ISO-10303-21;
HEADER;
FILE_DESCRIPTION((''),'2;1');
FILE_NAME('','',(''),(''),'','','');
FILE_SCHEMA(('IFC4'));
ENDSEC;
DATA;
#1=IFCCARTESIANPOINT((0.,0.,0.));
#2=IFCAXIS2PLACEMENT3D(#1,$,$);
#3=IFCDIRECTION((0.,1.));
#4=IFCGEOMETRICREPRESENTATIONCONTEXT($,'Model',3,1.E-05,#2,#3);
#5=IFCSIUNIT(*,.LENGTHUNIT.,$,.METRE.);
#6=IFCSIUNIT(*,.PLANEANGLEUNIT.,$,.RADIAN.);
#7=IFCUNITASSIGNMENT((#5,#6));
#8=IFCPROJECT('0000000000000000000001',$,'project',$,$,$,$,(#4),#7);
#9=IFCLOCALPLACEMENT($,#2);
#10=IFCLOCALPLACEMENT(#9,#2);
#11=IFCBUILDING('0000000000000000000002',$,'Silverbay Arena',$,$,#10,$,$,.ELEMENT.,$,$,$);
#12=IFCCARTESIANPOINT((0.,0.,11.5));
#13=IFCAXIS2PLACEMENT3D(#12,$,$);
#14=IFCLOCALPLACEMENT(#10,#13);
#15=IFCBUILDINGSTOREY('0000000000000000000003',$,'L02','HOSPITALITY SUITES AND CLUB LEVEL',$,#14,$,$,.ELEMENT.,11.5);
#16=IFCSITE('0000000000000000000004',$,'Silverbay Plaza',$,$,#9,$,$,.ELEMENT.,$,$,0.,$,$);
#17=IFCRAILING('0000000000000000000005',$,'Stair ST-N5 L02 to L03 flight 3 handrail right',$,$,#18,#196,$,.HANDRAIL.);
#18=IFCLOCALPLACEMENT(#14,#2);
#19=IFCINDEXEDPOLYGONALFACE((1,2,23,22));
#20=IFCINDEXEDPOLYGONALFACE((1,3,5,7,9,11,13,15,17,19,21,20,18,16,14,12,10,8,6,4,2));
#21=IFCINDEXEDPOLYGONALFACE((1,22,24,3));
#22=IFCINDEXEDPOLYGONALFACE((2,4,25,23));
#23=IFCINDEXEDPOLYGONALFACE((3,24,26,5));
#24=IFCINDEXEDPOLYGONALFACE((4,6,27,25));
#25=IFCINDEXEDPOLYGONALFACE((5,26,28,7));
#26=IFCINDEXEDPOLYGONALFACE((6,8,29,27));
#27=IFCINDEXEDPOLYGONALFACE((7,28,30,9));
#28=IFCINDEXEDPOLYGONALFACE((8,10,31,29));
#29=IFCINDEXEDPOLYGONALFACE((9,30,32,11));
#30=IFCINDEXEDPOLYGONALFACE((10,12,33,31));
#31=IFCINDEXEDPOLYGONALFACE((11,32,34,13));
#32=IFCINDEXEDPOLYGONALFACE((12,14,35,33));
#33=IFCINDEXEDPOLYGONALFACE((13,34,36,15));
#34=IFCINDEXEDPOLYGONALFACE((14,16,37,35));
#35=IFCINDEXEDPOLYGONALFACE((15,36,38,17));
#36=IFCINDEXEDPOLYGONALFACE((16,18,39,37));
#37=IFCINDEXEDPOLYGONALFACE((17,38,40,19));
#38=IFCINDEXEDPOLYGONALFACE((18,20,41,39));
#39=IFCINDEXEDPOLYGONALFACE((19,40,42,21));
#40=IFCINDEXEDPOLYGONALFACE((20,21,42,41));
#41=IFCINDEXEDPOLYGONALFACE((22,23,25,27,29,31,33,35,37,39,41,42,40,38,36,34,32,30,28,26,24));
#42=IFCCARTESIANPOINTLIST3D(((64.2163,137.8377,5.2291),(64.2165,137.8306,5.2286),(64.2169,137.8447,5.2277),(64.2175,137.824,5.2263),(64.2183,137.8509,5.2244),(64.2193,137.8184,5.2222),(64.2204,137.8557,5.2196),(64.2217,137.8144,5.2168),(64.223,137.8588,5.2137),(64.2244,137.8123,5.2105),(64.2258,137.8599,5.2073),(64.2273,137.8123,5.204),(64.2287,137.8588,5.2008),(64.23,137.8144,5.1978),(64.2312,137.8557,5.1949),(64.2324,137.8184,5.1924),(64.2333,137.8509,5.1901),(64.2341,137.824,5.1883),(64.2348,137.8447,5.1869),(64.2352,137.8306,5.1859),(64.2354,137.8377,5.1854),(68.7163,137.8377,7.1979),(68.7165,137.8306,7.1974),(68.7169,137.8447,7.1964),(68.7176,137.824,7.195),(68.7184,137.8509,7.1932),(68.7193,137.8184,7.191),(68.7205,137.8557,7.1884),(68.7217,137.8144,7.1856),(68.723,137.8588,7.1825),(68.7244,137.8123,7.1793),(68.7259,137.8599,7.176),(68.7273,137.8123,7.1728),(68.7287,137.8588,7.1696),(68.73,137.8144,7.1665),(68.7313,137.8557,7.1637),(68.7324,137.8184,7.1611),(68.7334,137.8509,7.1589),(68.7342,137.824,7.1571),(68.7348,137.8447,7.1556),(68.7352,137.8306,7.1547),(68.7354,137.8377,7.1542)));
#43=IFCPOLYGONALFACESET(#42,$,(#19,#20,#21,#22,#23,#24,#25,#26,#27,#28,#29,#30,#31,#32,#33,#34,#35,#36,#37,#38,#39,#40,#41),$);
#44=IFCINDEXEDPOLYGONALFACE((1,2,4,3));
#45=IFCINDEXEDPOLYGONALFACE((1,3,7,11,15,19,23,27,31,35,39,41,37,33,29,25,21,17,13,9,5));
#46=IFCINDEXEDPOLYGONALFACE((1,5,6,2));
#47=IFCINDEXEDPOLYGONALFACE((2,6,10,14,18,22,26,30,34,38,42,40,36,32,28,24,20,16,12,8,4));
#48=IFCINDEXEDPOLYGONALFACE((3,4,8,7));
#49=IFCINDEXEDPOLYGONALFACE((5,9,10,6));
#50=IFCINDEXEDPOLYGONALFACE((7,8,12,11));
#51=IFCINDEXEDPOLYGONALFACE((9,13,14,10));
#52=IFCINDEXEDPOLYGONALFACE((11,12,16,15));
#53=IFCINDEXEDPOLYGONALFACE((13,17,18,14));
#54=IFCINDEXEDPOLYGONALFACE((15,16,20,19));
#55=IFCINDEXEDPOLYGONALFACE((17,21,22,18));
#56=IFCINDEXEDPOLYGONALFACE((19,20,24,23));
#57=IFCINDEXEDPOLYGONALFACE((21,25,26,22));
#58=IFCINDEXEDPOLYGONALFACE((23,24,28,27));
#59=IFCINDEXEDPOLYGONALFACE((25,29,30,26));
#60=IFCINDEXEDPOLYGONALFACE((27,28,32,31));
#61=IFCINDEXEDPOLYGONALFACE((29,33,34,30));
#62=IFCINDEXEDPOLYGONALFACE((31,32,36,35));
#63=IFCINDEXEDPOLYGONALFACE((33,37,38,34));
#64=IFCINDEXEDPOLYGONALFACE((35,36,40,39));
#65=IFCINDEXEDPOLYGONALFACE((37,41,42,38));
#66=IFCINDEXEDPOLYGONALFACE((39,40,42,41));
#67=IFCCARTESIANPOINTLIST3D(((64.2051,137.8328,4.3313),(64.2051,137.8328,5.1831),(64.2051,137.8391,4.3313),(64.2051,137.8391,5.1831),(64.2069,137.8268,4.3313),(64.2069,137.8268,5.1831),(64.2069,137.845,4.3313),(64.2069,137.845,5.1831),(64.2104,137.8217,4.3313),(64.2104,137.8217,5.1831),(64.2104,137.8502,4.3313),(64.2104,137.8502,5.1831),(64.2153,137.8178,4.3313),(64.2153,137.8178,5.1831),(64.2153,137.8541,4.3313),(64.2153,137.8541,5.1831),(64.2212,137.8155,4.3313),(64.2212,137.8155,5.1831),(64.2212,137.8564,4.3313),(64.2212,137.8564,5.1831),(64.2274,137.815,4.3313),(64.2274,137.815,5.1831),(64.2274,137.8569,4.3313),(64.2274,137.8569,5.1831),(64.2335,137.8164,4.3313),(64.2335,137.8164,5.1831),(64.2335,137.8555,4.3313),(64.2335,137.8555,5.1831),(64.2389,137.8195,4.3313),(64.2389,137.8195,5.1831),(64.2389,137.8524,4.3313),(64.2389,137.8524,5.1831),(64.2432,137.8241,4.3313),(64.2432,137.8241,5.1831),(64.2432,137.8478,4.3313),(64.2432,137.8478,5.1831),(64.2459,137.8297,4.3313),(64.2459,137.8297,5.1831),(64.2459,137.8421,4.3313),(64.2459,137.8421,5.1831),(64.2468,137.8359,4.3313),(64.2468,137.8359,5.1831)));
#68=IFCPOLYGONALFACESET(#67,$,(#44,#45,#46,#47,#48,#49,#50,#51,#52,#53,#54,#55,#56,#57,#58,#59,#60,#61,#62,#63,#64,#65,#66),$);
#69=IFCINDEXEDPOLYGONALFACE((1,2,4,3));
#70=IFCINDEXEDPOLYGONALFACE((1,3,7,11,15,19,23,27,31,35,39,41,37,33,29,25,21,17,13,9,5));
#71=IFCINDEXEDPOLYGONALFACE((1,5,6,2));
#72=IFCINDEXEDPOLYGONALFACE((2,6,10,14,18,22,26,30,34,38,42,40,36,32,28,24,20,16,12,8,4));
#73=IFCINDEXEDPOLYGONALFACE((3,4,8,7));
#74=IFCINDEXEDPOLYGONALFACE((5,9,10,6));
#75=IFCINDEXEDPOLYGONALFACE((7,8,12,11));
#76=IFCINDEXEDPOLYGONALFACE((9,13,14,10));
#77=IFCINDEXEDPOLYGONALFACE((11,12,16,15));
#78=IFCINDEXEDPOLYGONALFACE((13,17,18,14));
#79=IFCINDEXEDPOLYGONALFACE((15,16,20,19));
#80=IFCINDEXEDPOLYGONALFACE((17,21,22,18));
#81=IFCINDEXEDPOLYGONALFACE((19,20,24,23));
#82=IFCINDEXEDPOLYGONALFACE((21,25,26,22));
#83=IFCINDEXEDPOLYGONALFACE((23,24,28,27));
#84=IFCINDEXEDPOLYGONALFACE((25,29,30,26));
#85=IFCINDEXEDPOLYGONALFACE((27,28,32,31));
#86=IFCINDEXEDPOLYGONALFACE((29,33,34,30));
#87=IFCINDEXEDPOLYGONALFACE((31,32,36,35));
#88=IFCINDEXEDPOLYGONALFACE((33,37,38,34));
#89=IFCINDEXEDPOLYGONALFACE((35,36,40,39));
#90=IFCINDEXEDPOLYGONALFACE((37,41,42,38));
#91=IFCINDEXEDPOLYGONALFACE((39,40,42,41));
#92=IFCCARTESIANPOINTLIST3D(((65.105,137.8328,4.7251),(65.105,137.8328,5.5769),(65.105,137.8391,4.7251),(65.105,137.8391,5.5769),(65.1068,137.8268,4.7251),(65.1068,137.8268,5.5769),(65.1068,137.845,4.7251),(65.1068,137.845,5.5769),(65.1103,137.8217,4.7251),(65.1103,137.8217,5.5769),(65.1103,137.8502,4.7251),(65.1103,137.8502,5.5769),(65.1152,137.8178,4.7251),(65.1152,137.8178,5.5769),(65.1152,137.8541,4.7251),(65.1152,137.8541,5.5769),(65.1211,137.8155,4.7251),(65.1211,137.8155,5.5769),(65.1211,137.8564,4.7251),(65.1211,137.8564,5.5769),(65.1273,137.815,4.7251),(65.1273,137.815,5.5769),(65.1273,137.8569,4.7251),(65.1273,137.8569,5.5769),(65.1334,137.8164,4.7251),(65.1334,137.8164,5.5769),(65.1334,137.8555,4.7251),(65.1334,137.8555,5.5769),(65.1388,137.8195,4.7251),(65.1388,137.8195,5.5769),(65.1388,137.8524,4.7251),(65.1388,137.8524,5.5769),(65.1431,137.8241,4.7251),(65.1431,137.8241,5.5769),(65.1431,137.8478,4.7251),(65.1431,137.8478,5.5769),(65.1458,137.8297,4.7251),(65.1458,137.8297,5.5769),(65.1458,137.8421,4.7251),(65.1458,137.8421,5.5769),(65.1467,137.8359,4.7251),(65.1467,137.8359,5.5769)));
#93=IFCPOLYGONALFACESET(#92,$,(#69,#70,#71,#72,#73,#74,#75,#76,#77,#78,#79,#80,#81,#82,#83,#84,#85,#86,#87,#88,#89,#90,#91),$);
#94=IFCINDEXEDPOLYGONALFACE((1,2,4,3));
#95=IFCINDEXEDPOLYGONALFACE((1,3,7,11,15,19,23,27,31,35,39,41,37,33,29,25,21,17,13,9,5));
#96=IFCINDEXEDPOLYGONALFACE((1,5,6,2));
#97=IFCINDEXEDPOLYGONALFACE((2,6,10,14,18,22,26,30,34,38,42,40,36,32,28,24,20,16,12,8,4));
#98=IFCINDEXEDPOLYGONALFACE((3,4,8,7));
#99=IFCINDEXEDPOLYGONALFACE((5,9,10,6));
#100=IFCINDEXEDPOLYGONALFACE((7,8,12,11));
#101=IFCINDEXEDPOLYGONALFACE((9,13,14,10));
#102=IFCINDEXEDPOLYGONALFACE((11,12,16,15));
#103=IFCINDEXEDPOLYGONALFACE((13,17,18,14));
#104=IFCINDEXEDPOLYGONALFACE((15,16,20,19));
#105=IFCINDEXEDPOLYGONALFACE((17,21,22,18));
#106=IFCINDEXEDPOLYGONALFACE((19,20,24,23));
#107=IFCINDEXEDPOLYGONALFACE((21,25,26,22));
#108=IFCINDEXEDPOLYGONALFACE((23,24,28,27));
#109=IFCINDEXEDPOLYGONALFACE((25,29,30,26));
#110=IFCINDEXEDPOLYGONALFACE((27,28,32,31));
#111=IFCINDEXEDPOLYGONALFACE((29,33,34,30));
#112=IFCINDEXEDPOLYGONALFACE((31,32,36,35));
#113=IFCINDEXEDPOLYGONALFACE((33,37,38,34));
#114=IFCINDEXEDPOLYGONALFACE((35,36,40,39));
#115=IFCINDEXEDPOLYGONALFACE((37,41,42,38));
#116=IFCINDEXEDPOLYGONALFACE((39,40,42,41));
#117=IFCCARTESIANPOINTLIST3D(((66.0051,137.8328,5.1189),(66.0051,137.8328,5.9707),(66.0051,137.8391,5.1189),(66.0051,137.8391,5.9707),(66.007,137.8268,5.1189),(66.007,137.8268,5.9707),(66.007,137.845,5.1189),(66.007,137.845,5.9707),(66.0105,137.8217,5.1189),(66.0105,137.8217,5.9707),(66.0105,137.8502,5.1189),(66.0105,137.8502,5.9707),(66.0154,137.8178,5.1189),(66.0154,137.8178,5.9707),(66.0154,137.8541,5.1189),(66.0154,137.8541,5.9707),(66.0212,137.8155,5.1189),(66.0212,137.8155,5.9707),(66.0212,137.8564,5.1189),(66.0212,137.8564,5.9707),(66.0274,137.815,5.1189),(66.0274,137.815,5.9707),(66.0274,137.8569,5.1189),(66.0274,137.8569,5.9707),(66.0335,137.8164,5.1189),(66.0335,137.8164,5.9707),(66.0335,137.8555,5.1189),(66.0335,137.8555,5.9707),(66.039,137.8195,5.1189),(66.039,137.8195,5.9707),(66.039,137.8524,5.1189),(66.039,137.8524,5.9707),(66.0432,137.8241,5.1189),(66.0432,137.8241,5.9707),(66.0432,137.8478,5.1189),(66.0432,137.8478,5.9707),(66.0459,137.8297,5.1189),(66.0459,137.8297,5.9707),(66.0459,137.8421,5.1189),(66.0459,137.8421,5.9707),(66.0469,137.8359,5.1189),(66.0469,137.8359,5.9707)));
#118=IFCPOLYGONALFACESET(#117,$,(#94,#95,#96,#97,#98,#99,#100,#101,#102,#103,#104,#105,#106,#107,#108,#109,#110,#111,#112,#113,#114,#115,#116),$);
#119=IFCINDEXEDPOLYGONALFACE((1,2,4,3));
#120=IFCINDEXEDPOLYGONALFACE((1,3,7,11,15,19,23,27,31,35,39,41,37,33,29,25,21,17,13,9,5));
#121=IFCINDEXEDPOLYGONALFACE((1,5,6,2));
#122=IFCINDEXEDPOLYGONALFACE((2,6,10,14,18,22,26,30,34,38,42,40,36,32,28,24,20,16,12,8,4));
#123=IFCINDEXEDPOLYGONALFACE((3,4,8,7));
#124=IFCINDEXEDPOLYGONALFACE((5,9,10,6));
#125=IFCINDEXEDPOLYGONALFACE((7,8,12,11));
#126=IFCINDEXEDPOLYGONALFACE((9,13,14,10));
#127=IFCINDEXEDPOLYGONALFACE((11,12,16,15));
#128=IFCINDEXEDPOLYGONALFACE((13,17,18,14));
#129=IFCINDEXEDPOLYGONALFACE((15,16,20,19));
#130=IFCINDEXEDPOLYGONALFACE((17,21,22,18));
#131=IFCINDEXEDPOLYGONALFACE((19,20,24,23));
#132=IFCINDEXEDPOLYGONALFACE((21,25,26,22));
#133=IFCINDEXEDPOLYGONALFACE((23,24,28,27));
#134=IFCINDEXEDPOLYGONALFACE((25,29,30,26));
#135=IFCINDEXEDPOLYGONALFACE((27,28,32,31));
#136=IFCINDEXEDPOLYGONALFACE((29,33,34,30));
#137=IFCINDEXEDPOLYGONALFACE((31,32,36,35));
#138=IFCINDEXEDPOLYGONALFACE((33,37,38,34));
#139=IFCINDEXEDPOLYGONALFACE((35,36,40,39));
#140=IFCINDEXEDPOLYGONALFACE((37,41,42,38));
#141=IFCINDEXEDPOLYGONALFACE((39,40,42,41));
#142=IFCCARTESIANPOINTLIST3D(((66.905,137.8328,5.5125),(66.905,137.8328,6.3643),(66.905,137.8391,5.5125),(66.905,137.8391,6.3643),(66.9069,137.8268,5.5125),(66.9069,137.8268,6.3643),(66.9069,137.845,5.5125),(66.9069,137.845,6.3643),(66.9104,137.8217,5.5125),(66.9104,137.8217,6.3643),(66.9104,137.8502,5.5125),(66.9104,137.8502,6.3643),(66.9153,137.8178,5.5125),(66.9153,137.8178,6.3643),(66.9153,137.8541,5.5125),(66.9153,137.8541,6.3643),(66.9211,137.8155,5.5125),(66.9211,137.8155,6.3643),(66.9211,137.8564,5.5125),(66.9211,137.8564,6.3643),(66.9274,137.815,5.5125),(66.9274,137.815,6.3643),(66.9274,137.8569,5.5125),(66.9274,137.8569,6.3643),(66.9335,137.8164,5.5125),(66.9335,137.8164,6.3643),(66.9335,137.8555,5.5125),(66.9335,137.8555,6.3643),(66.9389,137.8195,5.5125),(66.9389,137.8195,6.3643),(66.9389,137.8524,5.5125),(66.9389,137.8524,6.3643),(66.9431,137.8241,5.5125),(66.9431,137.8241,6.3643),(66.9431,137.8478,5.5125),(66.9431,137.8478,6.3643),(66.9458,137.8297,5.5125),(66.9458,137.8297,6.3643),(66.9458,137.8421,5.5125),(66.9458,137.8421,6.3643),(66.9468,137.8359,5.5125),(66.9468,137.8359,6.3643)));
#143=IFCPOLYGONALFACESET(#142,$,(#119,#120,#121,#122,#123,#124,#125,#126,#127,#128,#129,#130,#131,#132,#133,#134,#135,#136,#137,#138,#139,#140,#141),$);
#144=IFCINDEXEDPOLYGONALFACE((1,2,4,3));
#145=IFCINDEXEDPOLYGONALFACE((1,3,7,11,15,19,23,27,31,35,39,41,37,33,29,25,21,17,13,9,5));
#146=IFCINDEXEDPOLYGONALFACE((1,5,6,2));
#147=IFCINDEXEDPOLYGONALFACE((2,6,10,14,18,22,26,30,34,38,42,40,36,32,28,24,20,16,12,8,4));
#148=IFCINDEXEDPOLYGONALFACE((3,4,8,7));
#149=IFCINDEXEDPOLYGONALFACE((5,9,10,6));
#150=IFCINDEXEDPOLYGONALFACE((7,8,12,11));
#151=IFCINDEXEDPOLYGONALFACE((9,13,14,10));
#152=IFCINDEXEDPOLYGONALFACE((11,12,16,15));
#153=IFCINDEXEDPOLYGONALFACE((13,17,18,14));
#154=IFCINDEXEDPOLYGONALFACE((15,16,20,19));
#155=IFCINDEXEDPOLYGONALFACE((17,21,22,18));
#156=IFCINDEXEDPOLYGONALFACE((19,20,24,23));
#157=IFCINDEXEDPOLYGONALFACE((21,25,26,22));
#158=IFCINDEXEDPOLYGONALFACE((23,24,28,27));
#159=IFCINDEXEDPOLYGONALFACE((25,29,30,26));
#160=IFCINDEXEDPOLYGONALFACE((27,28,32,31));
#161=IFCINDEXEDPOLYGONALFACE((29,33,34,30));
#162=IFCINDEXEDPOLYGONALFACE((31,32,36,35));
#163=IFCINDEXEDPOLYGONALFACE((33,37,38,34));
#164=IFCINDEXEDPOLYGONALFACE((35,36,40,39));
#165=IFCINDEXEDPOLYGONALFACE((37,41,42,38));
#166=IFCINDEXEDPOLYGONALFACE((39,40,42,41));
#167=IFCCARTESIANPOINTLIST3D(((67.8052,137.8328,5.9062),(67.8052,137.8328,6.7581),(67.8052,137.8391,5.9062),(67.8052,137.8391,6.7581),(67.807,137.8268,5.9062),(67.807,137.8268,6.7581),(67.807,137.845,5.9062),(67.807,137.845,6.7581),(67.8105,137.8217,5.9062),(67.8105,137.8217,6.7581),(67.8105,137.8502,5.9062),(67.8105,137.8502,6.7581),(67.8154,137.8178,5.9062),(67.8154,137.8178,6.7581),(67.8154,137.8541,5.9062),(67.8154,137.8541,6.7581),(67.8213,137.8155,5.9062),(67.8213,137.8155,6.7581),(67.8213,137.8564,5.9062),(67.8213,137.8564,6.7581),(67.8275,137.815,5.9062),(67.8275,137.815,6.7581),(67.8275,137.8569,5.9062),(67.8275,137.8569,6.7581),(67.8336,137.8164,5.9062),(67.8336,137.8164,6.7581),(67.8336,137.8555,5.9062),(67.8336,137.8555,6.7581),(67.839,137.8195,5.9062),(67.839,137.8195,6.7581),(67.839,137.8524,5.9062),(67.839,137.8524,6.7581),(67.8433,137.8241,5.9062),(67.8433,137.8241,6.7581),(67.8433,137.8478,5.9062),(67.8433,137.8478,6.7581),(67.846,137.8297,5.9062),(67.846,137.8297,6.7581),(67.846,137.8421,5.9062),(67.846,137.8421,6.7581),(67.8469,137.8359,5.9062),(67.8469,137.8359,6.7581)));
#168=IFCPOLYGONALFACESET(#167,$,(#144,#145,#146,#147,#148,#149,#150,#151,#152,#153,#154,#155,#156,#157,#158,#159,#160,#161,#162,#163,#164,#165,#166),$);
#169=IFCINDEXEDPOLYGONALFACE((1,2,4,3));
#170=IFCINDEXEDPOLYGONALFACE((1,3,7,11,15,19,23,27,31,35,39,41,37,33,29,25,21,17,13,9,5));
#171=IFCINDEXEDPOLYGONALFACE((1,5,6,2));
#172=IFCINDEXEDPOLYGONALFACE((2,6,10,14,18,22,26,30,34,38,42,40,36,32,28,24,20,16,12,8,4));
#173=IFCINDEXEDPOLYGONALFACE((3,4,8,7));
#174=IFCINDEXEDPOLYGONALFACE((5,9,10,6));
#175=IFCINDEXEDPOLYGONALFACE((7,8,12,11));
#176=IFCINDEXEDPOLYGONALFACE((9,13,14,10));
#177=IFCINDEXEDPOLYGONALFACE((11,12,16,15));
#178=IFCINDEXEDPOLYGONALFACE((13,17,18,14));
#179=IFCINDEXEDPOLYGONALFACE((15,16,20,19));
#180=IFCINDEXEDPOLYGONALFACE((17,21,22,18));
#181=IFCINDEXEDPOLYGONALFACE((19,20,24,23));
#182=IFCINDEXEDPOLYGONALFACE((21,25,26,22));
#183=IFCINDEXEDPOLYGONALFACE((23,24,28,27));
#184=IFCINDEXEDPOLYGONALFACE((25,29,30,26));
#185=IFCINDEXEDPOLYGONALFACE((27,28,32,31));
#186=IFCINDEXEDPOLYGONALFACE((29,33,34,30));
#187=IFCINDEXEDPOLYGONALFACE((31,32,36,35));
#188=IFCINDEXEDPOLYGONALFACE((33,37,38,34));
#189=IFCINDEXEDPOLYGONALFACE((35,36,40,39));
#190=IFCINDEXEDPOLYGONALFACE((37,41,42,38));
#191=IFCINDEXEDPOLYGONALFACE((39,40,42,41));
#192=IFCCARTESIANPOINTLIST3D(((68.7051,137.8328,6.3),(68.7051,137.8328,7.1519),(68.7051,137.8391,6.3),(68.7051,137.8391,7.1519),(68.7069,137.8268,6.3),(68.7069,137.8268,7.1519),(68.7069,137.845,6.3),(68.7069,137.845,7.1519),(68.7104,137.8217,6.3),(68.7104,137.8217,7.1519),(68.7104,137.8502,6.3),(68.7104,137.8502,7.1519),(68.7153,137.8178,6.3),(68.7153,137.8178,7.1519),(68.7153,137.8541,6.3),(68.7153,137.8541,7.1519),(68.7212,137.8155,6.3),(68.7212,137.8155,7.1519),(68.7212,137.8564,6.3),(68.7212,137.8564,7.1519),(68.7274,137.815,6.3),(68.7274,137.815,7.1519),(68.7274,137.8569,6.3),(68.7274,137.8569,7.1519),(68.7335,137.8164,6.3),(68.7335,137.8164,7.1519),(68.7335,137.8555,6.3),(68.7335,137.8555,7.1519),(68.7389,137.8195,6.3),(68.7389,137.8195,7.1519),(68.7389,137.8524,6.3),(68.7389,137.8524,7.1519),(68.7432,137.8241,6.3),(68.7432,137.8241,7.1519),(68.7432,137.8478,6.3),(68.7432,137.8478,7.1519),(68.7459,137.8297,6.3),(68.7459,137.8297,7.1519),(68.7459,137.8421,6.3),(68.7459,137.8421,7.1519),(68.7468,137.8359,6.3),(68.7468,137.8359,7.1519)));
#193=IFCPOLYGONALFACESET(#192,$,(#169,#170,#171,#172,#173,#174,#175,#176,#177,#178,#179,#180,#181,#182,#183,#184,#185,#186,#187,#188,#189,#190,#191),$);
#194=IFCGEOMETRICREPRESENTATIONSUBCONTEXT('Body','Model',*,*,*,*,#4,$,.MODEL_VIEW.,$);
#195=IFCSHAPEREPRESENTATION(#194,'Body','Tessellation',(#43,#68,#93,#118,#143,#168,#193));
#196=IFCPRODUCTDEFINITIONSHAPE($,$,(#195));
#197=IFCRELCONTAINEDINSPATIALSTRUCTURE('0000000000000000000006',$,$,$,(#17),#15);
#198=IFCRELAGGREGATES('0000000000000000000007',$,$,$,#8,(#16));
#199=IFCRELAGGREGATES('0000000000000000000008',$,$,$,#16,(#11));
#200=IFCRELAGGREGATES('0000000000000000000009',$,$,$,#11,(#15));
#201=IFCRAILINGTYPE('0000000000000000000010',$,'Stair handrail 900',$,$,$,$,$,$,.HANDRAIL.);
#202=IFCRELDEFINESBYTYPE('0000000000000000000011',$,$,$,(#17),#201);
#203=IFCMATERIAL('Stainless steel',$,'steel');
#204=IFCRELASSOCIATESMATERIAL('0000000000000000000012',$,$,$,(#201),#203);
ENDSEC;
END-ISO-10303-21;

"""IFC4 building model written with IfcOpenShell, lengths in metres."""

from ifc_helpers import new_model, si_unit, direction, frame, origin, origin_2d, place, context, subcontext, project, spatial, circle, extrude, material, type_object, element, save


model = new_model("IFC4")

# Units and contexts
model_context = context("Model", 3, precision=1e-05, world=origin(), true_north=direction((0.0, 1.0)))
body_context = subcontext(model_context, "Body", "Model", "MODEL_VIEW")
ifc_project = project(units=[si_unit("LENGTHUNIT", "METRE"), si_unit("PLANEANGLEUNIT", "RADIAN")], contexts=[model_context])

# Site, building, storey
site_placement = place(None, origin())
site = spatial("IfcSite", under=ifc_project, at=site_placement, Name="Silverbay Plaza", CompositionType="ELEMENT", RefElevation=0.0)
building_placement = place(site_placement, origin())
building = spatial("IfcBuilding", under=site, at=building_placement, Name="Silverbay Arena", CompositionType="ELEMENT")
storey_placement = place(building_placement, frame((0.0, 0.0, 11.5)))
storey = spatial("IfcBuildingStorey", under=building, at=storey_placement, Name="L02", Description="HOSPITALITY SUITES AND CLUB LEVEL", CompositionType="ELEMENT", Elevation=11.5)

# Railing
ifc_material_1 = material(Name="Stainless steel", Category="steel")
railing_type_1 = type_object("IfcRailingType", Name="Stair handrail 900", PredefinedType="HANDRAIL", material=ifc_material_1)
for number, where, name in (
    (1, (64.2258, 137.8359, 4.3313), "Stair ST-N5 L02 to L03 flight 3 handrail right"),
):
    element("IfcRailing", number, at=place(storey_placement, frame(where)), inside=storey, type_object=railing_type_1, Name=name, PredefinedType="HANDRAIL", context=body_context, shape_type="SweptSolid", body=[
        extrude(circle(Radius=0.0239, at=origin_2d()), frame((0.0, 0.0, 0.876), z_axis=(0.916157, 0.0, 0.400819), x_axis=(0.0, 1.0, 0.0)), (0.0, 0.0, 1.0), 4.9119),
        extrude(circle(Radius=0.021, at=origin_2d()), origin(), (0.0, 0.0, 1.0), 0.8518),
        extrude(circle(Radius=0.021, at=origin_2d()), frame((0.8999, 0.0, 0.3938)), (0.0, 0.0, 1.0), 0.8518),
        extrude(circle(Radius=0.021, at=origin_2d()), frame((1.8, 0.0, 0.7876)), (0.0, 0.0, 1.0), 0.8518),
        extrude(circle(Radius=0.021, at=origin_2d()), frame((2.7, 0.0, 1.1812)), (0.0, 0.0, 1.0), 0.8518),
        extrude(circle(Radius=0.021, at=origin_2d()), frame((3.6001, 0.0, 1.575)), (0.0, 0.0, 1.0), 0.8518),
        extrude(circle(Radius=0.021, at=origin_2d()), frame((4.5, 0.0, 1.9688)), (0.0, 0.0, 1.0), 0.8518),
    ])

save(model, "model.ifc")
